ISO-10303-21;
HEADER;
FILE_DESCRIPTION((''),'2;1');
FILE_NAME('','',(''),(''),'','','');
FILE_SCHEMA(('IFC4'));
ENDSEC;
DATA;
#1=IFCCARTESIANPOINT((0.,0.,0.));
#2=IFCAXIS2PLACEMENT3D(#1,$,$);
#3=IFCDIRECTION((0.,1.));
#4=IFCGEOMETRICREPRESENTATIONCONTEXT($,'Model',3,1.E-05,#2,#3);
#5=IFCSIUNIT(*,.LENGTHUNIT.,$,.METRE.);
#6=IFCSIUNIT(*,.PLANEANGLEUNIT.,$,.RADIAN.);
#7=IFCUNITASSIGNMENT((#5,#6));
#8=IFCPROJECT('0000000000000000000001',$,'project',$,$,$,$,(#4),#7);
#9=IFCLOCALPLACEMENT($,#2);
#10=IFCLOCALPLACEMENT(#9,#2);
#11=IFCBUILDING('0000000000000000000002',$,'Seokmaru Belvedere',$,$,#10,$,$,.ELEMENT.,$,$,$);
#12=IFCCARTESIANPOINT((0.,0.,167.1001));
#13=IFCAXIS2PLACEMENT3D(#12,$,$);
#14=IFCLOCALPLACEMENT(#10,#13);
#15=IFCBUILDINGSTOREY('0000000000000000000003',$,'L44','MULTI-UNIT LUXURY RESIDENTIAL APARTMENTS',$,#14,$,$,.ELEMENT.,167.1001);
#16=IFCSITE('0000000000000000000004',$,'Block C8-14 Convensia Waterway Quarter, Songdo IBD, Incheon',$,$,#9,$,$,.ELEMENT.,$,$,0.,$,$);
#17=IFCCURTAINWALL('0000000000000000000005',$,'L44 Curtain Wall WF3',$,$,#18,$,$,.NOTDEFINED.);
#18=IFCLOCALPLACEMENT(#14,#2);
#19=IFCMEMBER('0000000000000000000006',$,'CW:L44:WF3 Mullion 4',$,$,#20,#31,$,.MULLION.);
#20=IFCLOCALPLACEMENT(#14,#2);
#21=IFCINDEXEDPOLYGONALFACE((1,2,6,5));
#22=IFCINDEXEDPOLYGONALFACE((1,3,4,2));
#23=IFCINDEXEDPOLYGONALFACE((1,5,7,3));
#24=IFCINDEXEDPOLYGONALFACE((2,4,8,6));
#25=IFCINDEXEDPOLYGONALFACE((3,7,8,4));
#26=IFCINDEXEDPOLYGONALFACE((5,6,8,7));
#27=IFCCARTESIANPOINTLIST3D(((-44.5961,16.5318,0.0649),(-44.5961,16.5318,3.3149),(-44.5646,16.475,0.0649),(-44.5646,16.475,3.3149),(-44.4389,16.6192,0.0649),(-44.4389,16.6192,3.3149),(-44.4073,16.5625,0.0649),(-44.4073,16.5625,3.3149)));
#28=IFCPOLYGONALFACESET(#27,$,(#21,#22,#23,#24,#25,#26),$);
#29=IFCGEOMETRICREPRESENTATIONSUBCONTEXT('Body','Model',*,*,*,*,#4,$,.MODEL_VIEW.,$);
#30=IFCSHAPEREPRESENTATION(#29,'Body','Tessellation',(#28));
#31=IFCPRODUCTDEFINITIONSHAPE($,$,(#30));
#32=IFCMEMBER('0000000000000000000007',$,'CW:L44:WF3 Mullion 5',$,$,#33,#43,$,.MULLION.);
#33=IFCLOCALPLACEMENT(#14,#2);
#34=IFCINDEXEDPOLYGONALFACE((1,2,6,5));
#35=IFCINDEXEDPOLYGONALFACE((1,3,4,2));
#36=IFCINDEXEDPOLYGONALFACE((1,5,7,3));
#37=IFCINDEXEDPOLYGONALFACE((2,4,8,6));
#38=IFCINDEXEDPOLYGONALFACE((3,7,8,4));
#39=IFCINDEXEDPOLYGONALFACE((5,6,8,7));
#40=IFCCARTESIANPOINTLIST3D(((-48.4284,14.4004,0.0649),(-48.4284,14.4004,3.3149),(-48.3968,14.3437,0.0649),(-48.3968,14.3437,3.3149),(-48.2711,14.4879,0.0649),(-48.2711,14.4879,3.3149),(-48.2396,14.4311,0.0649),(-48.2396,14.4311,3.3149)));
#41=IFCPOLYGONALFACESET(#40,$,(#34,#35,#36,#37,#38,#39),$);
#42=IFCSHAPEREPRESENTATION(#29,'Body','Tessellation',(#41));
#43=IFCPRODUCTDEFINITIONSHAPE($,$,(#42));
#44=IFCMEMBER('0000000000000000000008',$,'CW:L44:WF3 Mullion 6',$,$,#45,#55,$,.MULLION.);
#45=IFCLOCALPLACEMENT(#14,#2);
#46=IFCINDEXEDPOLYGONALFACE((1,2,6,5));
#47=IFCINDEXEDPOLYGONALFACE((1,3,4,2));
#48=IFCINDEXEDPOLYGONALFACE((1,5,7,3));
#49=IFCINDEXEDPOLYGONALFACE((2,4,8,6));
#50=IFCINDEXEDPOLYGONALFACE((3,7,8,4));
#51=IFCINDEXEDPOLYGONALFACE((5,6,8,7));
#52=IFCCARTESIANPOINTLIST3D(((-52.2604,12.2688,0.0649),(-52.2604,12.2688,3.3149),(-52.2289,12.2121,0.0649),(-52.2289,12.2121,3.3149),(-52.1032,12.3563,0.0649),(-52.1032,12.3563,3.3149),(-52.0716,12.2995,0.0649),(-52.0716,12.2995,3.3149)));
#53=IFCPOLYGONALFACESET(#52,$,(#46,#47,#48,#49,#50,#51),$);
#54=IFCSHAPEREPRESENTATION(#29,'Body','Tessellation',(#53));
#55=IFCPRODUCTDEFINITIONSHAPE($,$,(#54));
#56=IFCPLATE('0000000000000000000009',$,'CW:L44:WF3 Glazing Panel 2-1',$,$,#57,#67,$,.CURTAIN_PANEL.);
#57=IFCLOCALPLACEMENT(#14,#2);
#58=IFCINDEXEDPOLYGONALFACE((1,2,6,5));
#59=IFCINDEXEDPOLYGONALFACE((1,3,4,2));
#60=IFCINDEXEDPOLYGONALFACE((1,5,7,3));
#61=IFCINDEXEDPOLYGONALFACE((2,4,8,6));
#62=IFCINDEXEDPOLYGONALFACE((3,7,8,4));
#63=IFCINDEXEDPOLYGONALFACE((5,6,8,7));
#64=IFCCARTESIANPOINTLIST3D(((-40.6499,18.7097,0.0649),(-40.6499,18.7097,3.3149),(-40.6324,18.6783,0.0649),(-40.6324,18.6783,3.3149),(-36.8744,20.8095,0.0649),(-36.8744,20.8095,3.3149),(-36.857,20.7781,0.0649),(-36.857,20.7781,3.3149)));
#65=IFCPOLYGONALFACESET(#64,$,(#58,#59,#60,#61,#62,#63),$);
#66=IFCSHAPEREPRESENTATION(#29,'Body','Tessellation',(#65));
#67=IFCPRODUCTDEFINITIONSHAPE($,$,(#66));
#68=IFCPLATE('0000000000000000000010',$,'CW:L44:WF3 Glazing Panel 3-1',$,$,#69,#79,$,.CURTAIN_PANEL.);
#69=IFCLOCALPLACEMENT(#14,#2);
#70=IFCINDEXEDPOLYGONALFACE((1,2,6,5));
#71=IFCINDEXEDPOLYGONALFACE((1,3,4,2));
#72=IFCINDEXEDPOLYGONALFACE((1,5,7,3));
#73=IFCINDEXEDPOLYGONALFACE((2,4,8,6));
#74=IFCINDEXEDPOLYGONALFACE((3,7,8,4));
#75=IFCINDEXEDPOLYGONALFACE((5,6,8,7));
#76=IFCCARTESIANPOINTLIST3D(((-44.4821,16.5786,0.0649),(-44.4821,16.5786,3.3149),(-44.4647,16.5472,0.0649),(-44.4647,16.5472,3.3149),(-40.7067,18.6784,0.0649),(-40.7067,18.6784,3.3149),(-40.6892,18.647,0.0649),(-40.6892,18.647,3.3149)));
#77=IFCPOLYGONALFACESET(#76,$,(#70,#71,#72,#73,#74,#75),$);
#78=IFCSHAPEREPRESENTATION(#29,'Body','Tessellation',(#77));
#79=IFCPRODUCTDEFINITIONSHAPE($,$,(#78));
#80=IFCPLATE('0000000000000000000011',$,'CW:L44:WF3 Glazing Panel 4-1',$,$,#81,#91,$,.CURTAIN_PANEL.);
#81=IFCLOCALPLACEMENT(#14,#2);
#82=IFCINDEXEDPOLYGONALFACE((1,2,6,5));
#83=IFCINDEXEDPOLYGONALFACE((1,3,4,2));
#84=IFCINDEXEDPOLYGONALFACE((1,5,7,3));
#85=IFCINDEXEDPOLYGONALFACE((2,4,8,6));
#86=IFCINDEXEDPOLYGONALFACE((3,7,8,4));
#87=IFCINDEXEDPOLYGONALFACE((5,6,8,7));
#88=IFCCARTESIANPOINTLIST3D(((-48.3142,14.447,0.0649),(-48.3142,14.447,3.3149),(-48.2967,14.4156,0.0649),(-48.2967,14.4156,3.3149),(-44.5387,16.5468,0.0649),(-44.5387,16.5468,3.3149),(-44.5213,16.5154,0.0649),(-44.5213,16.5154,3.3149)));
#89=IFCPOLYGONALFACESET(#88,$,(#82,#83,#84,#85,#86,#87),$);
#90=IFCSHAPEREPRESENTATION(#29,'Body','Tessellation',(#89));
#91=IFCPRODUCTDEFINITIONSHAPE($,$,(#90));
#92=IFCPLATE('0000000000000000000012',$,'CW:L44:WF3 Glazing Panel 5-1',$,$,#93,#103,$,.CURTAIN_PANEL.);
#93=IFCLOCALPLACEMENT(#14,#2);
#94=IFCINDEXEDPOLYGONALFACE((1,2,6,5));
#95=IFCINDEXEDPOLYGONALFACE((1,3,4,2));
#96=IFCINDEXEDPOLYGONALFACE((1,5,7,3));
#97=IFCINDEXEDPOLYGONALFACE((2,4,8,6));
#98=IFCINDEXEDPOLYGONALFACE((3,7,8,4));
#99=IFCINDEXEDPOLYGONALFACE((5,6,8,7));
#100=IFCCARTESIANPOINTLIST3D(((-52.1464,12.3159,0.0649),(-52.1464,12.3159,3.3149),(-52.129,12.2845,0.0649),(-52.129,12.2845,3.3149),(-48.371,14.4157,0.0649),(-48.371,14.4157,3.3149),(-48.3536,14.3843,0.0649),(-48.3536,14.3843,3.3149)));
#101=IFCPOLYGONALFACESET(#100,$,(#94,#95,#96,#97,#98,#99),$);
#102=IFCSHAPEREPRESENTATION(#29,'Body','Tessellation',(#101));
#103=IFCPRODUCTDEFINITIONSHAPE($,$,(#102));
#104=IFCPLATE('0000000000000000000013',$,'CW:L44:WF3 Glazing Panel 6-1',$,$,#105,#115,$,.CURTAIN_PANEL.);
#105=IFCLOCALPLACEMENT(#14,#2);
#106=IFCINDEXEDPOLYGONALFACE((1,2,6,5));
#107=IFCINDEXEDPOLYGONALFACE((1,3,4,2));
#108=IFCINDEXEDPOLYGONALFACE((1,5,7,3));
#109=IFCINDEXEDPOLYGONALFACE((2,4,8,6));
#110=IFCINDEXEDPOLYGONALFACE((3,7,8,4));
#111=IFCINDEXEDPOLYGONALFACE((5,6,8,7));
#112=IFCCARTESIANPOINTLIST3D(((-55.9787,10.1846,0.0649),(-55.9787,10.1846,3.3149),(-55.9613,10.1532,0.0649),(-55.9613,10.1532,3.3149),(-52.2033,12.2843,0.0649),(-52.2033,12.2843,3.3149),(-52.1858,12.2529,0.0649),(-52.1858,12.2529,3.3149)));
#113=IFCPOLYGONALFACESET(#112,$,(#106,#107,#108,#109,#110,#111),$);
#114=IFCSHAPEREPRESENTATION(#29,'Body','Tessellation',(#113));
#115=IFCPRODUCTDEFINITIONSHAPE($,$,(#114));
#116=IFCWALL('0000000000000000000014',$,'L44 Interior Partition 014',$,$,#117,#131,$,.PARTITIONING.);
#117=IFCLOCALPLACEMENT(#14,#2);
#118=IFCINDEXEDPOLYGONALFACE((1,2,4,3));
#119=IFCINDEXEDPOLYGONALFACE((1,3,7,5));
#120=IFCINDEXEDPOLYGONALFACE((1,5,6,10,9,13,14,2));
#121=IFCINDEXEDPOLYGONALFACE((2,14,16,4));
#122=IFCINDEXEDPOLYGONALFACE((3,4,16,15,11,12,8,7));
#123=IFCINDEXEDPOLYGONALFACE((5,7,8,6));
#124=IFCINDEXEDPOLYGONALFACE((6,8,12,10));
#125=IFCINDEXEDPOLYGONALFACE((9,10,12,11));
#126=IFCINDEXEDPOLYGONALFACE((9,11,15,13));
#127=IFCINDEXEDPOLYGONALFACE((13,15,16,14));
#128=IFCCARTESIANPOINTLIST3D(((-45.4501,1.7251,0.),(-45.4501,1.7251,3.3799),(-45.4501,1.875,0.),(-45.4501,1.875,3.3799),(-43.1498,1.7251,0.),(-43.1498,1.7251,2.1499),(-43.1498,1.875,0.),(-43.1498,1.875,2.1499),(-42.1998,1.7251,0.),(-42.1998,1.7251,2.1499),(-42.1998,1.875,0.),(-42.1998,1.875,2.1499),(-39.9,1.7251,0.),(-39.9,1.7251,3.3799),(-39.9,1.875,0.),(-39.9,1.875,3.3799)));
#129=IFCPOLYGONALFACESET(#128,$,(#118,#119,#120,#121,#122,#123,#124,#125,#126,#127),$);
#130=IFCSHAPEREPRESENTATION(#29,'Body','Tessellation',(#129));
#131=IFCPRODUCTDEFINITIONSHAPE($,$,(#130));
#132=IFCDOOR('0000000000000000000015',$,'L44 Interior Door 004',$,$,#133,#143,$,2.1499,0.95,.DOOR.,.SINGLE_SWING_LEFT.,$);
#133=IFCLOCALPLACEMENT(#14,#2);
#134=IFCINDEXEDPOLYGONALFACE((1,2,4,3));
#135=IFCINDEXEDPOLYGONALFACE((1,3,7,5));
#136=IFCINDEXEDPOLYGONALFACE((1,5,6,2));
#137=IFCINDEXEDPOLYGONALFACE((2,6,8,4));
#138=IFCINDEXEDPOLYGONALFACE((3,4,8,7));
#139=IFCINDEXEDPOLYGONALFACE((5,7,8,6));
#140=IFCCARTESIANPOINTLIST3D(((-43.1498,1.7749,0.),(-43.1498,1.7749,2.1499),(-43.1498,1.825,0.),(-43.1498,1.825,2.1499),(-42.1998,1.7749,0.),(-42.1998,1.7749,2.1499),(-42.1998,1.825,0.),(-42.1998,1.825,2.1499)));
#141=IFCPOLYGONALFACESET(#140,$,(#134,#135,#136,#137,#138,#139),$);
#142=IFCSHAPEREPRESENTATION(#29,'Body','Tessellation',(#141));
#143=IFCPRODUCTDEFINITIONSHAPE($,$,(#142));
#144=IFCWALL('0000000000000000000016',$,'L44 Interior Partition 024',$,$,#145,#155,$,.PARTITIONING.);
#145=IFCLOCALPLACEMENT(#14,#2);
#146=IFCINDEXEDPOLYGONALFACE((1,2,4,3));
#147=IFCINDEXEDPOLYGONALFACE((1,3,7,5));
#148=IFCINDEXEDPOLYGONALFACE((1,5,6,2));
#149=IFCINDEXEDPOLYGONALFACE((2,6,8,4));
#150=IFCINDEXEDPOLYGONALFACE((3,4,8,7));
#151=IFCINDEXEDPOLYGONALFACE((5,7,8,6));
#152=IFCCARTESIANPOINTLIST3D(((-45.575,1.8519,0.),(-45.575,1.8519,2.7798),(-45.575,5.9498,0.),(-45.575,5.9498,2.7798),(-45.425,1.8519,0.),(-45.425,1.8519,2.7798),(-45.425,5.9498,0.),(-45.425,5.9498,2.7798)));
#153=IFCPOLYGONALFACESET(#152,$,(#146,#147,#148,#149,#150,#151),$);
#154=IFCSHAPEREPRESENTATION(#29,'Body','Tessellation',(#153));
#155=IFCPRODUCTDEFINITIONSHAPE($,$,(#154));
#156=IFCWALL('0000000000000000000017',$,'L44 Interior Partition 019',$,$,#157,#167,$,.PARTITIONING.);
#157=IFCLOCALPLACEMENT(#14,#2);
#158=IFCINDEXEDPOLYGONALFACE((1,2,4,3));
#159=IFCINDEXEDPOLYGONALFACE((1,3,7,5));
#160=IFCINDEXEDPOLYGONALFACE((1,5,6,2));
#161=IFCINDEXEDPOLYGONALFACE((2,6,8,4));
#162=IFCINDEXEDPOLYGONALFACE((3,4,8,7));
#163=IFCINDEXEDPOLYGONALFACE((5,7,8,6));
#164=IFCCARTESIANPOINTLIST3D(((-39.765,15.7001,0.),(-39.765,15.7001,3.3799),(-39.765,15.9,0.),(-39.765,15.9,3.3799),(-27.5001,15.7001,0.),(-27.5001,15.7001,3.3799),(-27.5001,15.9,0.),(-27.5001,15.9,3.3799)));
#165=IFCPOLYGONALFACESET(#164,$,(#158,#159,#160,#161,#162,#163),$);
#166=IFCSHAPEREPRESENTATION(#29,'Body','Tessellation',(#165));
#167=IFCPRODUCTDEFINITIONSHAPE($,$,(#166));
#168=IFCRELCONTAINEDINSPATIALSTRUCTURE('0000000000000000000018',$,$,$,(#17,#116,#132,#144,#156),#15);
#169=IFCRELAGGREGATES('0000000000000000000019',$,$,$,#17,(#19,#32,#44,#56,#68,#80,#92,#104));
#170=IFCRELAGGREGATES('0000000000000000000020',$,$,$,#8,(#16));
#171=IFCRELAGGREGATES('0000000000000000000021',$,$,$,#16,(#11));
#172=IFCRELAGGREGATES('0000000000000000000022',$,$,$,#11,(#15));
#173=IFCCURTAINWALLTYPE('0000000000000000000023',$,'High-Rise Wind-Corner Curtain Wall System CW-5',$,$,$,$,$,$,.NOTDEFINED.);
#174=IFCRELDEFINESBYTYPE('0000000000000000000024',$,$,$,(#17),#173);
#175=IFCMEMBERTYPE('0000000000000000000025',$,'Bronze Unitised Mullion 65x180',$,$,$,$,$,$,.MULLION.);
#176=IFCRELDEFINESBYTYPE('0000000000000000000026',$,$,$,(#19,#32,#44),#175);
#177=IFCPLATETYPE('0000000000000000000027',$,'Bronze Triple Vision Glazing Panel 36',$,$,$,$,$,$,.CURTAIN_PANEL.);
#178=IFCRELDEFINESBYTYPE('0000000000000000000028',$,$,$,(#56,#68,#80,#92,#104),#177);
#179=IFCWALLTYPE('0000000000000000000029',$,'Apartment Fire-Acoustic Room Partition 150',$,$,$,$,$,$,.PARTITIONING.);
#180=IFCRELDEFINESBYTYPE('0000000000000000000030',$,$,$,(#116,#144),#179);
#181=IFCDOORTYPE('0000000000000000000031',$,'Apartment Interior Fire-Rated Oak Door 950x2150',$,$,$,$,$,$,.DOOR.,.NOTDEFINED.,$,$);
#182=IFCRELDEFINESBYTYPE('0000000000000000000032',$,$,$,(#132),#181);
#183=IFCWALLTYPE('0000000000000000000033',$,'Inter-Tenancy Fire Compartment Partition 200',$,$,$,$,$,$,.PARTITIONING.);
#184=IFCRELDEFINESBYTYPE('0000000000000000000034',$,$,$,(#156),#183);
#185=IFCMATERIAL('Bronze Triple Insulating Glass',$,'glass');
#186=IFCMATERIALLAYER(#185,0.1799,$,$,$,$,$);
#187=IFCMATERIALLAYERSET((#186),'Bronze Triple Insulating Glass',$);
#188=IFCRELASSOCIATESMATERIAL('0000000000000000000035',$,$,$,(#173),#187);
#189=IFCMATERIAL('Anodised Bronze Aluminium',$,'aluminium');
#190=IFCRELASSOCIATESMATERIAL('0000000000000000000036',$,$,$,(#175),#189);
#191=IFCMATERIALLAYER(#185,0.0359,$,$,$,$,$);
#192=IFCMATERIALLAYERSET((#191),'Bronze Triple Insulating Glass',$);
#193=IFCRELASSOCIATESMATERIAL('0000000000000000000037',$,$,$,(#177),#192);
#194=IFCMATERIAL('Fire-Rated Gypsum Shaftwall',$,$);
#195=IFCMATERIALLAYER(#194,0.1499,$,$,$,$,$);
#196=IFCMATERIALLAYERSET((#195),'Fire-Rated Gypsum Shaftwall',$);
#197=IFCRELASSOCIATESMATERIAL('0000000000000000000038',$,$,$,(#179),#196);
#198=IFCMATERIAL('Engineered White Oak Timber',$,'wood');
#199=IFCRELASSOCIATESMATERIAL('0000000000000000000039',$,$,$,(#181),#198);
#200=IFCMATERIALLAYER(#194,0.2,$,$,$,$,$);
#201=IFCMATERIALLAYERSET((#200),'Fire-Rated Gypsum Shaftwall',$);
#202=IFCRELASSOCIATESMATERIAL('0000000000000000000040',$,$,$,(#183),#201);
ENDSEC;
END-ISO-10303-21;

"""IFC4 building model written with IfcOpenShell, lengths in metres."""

from ifc_helpers import new_model, si_unit, direction, frame, frame_2d, origin, origin_2d, place, context, subcontext, project, spatial, rectangle, extrude, source, transform, mapped, material, layer, layer_set, material_profile, profile_set, type_object, type_shapes, element, fill, aggregate, save


model = new_model("IFC4")

# Units and contexts
model_context = context("Model", 3, precision=1e-05, world=origin(), true_north=direction((0.0, 1.0)))
body_context = subcontext(model_context, "Body", "Model", "MODEL_VIEW")
ifc_project = project(units=[si_unit("LENGTHUNIT", "METRE"), si_unit("PLANEANGLEUNIT", "RADIAN")], contexts=[model_context])

# Site, building, storey
site_placement = place(None, origin())
site = spatial("IfcSite", under=ifc_project, at=site_placement, Name="Block C8-14 Convensia Waterway Quarter, Songdo IBD, Incheon", CompositionType="ELEMENT", RefElevation=0.0)
building_placement = place(site_placement, origin())
building = spatial("IfcBuilding", under=site, at=building_placement, Name="Seokmaru Belvedere", CompositionType="ELEMENT")
storey_placement = place(building_placement, frame((0.0, 0.0, 167.1001)))
storey = spatial("IfcBuildingStorey", under=building, at=storey_placement, Name="L44", Description="MULTI-UNIT LUXURY RESIDENTIAL APARTMENTS", CompositionType="ELEMENT", Elevation=167.1001)

# Curtain wall, members, plates
ifc_material_1 = material(Name="Bronze Triple Insulating Glass", Category="glass")
ifc_layer_1 = layer(ifc_material_1, 0.1799)
ifc_layer_set_1 = layer_set([ifc_layer_1], Name="Bronze Triple Insulating Glass")
curtain_wall_type = type_object("IfcCurtainWallType", Name="High-Rise Wind-Corner Curtain Wall System CW-5", PredefinedType="NOTDEFINED", material=ifc_layer_set_1)
curtain_wall_placement = place(storey_placement, origin())
curtain_wall = element("IfcCurtainWall", 1, at=curtain_wall_placement, inside=storey, type_object=curtain_wall_type, Name="L44 Curtain Wall WF3", PredefinedType="NOTDEFINED")
ifc_material_2 = material(Name="Anodised Bronze Aluminium", Category="aluminium")
ifc_material_profile_1 = material_profile(ifc_material_2, rectangle(XDim=0.0649, YDim=0.1799, at=origin_2d()), Name="CW-M-65x180")
ifc_profile_set_1 = profile_set([ifc_material_profile_1], Name="Anodised Bronze Aluminium")
member_type = type_object("IfcMemberType", Name="Bronze Unitised Mullion 65x180", PredefinedType="MULLION", material=ifc_profile_set_1)
shared_shape_1 = source(origin(), body_context, "Body", "SweptSolid", [
    extrude(rectangle(XDim=0.0649, YDim=0.1799, at=origin_2d()), origin(), (0.0, 0.0, 1.0), 3.25),
])
type_shapes(member_type, [shared_shape_1])
member_1_placement = place(storey_placement, frame((-44.5017, 16.5471, 0.0649), z_axis=(0.0, 0.0, 1.0), x_axis=(0.486047, -0.873933, 0.0)))
member_1 = element("IfcMember", 2, at=member_1_placement, type_object=member_type, Name="CW:L44:WF3 Mullion 4", PredefinedType="MULLION", context=body_context, shape_type="MappedRepresentation", body=[
    mapped(shared_shape_1, transform((0.0, 0.0, 0.0), scale=1.0)),
])
member_2_placement = place(storey_placement, frame((-48.334, 14.4158, 0.0649), z_axis=(0.0, 0.0, 1.0), x_axis=(0.486047, -0.873933, 0.0)))
member_2 = element("IfcMember", 3, at=member_2_placement, type_object=member_type, Name="CW:L44:WF3 Mullion 5", PredefinedType="MULLION", context=body_context, shape_type="MappedRepresentation", body=[
    mapped(shared_shape_1, transform((0.0, 0.0, 0.0), scale=1.0)),
])
member_3_placement = place(storey_placement, frame((-52.166, 12.2842, 0.0649), z_axis=(0.0, 0.0, 1.0), x_axis=(0.486047, -0.873933, 0.0)))
member_3 = element("IfcMember", 4, at=member_3_placement, type_object=member_type, Name="CW:L44:WF3 Mullion 6", PredefinedType="MULLION", context=body_context, shape_type="MappedRepresentation", body=[
    mapped(shared_shape_1, transform((0.0, 0.0, 0.0), scale=1.0)),
])
ifc_layer_2 = layer(ifc_material_1, 0.0359)
ifc_layer_set_2 = layer_set([ifc_layer_2], Name="Bronze Triple Insulating Glass")
plate_type = type_object("IfcPlateType", Name="Bronze Triple Vision Glazing Panel 36", PredefinedType="CURTAIN_PANEL", material=ifc_layer_set_2)
shared_shape_2 = source(origin(), body_context, "Body", "SweptSolid", [
    extrude(rectangle(XDim=4.3201, YDim=0.0359, at=origin_2d()), origin(), (0.0, 0.0, 1.0), 3.25),
])
type_shapes(plate_type, [shared_shape_2])
plate_1_placement = place(storey_placement, frame((-38.7534, 19.7439, 0.0649), z_axis=(0.0, 0.0, 1.0), x_axis=(-0.873933, -0.486047, 0.0)))
plate_1 = element("IfcPlate", 5, at=plate_1_placement, type_object=plate_type, Name="CW:L44:WF3 Glazing Panel 2-1", PredefinedType="CURTAIN_PANEL", context=body_context, shape_type="MappedRepresentation", body=[
    mapped(shared_shape_2, transform((0.0, 0.0, 0.0), scale=1.0)),
])
plate_2_placement = place(storey_placement, frame((-42.5857, 17.6128, 0.0649), z_axis=(0.0, 0.0, 1.0), x_axis=(-0.873933, -0.486047, 0.0)))
plate_2 = element("IfcPlate", 6, at=plate_2_placement, type_object=plate_type, Name="CW:L44:WF3 Glazing Panel 3-1", PredefinedType="CURTAIN_PANEL", context=body_context, shape_type="MappedRepresentation", body=[
    mapped(shared_shape_2, transform((0.0, 0.0, 0.0), scale=1.0)),
])
plate_3_placement = place(storey_placement, frame((-46.4177, 15.4812, 0.0649), z_axis=(0.0, 0.0, 1.0), x_axis=(-0.873933, -0.486047, 0.0)))
plate_3 = element("IfcPlate", 7, at=plate_3_placement, type_object=plate_type, Name="CW:L44:WF3 Glazing Panel 4-1", PredefinedType="CURTAIN_PANEL", context=body_context, shape_type="MappedRepresentation", body=[
    mapped(shared_shape_2, transform((0.0, 0.0, 0.0), scale=1.0)),
])
plate_4_placement = place(storey_placement, frame((-50.25, 13.3501, 0.0649), z_axis=(0.0, 0.0, 1.0), x_axis=(-0.873933, -0.486047, 0.0)))
plate_4 = element("IfcPlate", 8, at=plate_4_placement, type_object=plate_type, Name="CW:L44:WF3 Glazing Panel 5-1", PredefinedType="CURTAIN_PANEL", context=body_context, shape_type="MappedRepresentation", body=[
    mapped(shared_shape_2, transform((0.0, 0.0, 0.0), scale=1.0)),
])
plate_5_placement = place(storey_placement, frame((-54.0823, 11.2188, 0.0649), z_axis=(0.0, 0.0, 1.0), x_axis=(-0.873933, -0.486047, 0.0)))
plate_5 = element("IfcPlate", 9, at=plate_5_placement, type_object=plate_type, Name="CW:L44:WF3 Glazing Panel 6-1", PredefinedType="CURTAIN_PANEL", context=body_context, shape_type="MappedRepresentation", body=[
    mapped(shared_shape_2, transform((0.0, 0.0, 0.0), scale=1.0)),
])
aggregate(curtain_wall, [member_1, member_2, member_3, plate_1, plate_2, plate_3, plate_4, plate_5])

# Wall, opening, door
ifc_material_3 = material(Name="Fire-Rated Gypsum Shaftwall")
ifc_layer_3 = layer(ifc_material_3, 0.1499)
ifc_layer_set_3 = layer_set([ifc_layer_3], Name="Fire-Rated Gypsum Shaftwall")
wall_type_1 = type_object("IfcWallType", Name="Apartment Fire-Acoustic Room Partition 150", PredefinedType="PARTITIONING", material=ifc_layer_set_3)
wall_1_placement = place(storey_placement, frame((-45.45, 1.8, 0.0), z_axis=(0.0, 0.0, 1.0), x_axis=(1.0, 0.0, 0.0)))
wall_1 = element("IfcWall", 10, at=wall_1_placement, inside=storey, type_object=wall_type_1, Name="L44 Interior Partition 014", PredefinedType="PARTITIONING", context=body_context, shape_type="SweptSolid", body=[
    extrude(rectangle(XDim=5.55, YDim=0.1499, at=frame_2d((2.7749, 0.0))), origin(), (0.0, 0.0, 1.0), 3.3799),
])
opening_placement = place(wall_1_placement, frame((2.3, 0.0, 0.0)))
opening = element("IfcOpeningElement", 11, at=opening_placement, cuts=wall_1, PredefinedType="OPENING", context=body_context, shape_type="SweptSolid", body=[
    extrude(rectangle(XDim=0.95, YDim=2.1499, at=frame_2d((0.4751, 1.075))), frame((0.0, 0.085, 0.0), z_axis=(0.0, -1.0, 0.0), x_axis=(1.0, 0.0, 0.0)), (0.0, 0.0, 1.0), 0.1699),
])
ifc_material_4 = material(Name="Engineered White Oak Timber", Category="wood")
door_type = type_object("IfcDoorType", Name="Apartment Interior Fire-Rated Oak Door 950x2150", OperationType="NOTDEFINED", PredefinedType="DOOR", material=ifc_material_4)
shared_shape_3 = source(origin(), body_context, "Body", "SweptSolid", [
    extrude(rectangle(XDim=0.95, YDim=2.1499, at=frame_2d((0.4751, 1.075))), frame((0.0, 0.0249, 0.0), z_axis=(0.0, -1.0, 0.0), x_axis=(1.0, 0.0, 0.0)), (0.0, 0.0, 1.0), 0.05),
])
type_shapes(door_type, [shared_shape_3])
door_placement = place(opening_placement, origin())
door = element("IfcDoor", 12, at=door_placement, inside=storey, type_object=door_type, Name="L44 Interior Door 004", OperationType="SINGLE_SWING_LEFT", OverallHeight=2.1499, OverallWidth=0.95, PredefinedType="DOOR", context=body_context, shape_type="MappedRepresentation", body=[
    mapped(shared_shape_3, transform((0.0, 0.0, 0.0), scale=1.0)),
])
fill(opening, door)

# Walls
wall_2_placement = place(storey_placement, frame((-45.5, 1.8521, 0.0), z_axis=(0.0, 0.0, 1.0), x_axis=(0.0, 1.0, 0.0)))
element("IfcWall", 13, at=wall_2_placement, inside=storey, type_object=wall_type_1, Name="L44 Interior Partition 024", PredefinedType="PARTITIONING", context=body_context, shape_type="SweptSolid", body=[
    extrude(rectangle(XDim=4.0979, YDim=0.1499, at=frame_2d((2.0488, 0.0))), origin(), (0.0, 0.0, 1.0), 2.7798),
])
ifc_layer_4 = layer(ifc_material_3, 0.2)
ifc_layer_set_4 = layer_set([ifc_layer_4], Name="Fire-Rated Gypsum Shaftwall")
wall_type_2 = type_object("IfcWallType", Name="Inter-Tenancy Fire Compartment Partition 200", PredefinedType="PARTITIONING", material=ifc_layer_set_4)
wall_3_placement = place(storey_placement, frame((-39.7649, 15.8, 0.0), z_axis=(0.0, 0.0, 1.0), x_axis=(1.0, 0.0, 0.0)))
element("IfcWall", 14, at=wall_3_placement, inside=storey, type_object=wall_type_2, Name="L44 Interior Partition 019", PredefinedType="PARTITIONING", context=body_context, shape_type="SweptSolid", body=[
    extrude(rectangle(XDim=12.2649, YDim=0.2, at=frame_2d((6.1323, 0.0))), origin(), (0.0, 0.0, 1.0), 3.3799),
])

save(model, "model.ifc")
